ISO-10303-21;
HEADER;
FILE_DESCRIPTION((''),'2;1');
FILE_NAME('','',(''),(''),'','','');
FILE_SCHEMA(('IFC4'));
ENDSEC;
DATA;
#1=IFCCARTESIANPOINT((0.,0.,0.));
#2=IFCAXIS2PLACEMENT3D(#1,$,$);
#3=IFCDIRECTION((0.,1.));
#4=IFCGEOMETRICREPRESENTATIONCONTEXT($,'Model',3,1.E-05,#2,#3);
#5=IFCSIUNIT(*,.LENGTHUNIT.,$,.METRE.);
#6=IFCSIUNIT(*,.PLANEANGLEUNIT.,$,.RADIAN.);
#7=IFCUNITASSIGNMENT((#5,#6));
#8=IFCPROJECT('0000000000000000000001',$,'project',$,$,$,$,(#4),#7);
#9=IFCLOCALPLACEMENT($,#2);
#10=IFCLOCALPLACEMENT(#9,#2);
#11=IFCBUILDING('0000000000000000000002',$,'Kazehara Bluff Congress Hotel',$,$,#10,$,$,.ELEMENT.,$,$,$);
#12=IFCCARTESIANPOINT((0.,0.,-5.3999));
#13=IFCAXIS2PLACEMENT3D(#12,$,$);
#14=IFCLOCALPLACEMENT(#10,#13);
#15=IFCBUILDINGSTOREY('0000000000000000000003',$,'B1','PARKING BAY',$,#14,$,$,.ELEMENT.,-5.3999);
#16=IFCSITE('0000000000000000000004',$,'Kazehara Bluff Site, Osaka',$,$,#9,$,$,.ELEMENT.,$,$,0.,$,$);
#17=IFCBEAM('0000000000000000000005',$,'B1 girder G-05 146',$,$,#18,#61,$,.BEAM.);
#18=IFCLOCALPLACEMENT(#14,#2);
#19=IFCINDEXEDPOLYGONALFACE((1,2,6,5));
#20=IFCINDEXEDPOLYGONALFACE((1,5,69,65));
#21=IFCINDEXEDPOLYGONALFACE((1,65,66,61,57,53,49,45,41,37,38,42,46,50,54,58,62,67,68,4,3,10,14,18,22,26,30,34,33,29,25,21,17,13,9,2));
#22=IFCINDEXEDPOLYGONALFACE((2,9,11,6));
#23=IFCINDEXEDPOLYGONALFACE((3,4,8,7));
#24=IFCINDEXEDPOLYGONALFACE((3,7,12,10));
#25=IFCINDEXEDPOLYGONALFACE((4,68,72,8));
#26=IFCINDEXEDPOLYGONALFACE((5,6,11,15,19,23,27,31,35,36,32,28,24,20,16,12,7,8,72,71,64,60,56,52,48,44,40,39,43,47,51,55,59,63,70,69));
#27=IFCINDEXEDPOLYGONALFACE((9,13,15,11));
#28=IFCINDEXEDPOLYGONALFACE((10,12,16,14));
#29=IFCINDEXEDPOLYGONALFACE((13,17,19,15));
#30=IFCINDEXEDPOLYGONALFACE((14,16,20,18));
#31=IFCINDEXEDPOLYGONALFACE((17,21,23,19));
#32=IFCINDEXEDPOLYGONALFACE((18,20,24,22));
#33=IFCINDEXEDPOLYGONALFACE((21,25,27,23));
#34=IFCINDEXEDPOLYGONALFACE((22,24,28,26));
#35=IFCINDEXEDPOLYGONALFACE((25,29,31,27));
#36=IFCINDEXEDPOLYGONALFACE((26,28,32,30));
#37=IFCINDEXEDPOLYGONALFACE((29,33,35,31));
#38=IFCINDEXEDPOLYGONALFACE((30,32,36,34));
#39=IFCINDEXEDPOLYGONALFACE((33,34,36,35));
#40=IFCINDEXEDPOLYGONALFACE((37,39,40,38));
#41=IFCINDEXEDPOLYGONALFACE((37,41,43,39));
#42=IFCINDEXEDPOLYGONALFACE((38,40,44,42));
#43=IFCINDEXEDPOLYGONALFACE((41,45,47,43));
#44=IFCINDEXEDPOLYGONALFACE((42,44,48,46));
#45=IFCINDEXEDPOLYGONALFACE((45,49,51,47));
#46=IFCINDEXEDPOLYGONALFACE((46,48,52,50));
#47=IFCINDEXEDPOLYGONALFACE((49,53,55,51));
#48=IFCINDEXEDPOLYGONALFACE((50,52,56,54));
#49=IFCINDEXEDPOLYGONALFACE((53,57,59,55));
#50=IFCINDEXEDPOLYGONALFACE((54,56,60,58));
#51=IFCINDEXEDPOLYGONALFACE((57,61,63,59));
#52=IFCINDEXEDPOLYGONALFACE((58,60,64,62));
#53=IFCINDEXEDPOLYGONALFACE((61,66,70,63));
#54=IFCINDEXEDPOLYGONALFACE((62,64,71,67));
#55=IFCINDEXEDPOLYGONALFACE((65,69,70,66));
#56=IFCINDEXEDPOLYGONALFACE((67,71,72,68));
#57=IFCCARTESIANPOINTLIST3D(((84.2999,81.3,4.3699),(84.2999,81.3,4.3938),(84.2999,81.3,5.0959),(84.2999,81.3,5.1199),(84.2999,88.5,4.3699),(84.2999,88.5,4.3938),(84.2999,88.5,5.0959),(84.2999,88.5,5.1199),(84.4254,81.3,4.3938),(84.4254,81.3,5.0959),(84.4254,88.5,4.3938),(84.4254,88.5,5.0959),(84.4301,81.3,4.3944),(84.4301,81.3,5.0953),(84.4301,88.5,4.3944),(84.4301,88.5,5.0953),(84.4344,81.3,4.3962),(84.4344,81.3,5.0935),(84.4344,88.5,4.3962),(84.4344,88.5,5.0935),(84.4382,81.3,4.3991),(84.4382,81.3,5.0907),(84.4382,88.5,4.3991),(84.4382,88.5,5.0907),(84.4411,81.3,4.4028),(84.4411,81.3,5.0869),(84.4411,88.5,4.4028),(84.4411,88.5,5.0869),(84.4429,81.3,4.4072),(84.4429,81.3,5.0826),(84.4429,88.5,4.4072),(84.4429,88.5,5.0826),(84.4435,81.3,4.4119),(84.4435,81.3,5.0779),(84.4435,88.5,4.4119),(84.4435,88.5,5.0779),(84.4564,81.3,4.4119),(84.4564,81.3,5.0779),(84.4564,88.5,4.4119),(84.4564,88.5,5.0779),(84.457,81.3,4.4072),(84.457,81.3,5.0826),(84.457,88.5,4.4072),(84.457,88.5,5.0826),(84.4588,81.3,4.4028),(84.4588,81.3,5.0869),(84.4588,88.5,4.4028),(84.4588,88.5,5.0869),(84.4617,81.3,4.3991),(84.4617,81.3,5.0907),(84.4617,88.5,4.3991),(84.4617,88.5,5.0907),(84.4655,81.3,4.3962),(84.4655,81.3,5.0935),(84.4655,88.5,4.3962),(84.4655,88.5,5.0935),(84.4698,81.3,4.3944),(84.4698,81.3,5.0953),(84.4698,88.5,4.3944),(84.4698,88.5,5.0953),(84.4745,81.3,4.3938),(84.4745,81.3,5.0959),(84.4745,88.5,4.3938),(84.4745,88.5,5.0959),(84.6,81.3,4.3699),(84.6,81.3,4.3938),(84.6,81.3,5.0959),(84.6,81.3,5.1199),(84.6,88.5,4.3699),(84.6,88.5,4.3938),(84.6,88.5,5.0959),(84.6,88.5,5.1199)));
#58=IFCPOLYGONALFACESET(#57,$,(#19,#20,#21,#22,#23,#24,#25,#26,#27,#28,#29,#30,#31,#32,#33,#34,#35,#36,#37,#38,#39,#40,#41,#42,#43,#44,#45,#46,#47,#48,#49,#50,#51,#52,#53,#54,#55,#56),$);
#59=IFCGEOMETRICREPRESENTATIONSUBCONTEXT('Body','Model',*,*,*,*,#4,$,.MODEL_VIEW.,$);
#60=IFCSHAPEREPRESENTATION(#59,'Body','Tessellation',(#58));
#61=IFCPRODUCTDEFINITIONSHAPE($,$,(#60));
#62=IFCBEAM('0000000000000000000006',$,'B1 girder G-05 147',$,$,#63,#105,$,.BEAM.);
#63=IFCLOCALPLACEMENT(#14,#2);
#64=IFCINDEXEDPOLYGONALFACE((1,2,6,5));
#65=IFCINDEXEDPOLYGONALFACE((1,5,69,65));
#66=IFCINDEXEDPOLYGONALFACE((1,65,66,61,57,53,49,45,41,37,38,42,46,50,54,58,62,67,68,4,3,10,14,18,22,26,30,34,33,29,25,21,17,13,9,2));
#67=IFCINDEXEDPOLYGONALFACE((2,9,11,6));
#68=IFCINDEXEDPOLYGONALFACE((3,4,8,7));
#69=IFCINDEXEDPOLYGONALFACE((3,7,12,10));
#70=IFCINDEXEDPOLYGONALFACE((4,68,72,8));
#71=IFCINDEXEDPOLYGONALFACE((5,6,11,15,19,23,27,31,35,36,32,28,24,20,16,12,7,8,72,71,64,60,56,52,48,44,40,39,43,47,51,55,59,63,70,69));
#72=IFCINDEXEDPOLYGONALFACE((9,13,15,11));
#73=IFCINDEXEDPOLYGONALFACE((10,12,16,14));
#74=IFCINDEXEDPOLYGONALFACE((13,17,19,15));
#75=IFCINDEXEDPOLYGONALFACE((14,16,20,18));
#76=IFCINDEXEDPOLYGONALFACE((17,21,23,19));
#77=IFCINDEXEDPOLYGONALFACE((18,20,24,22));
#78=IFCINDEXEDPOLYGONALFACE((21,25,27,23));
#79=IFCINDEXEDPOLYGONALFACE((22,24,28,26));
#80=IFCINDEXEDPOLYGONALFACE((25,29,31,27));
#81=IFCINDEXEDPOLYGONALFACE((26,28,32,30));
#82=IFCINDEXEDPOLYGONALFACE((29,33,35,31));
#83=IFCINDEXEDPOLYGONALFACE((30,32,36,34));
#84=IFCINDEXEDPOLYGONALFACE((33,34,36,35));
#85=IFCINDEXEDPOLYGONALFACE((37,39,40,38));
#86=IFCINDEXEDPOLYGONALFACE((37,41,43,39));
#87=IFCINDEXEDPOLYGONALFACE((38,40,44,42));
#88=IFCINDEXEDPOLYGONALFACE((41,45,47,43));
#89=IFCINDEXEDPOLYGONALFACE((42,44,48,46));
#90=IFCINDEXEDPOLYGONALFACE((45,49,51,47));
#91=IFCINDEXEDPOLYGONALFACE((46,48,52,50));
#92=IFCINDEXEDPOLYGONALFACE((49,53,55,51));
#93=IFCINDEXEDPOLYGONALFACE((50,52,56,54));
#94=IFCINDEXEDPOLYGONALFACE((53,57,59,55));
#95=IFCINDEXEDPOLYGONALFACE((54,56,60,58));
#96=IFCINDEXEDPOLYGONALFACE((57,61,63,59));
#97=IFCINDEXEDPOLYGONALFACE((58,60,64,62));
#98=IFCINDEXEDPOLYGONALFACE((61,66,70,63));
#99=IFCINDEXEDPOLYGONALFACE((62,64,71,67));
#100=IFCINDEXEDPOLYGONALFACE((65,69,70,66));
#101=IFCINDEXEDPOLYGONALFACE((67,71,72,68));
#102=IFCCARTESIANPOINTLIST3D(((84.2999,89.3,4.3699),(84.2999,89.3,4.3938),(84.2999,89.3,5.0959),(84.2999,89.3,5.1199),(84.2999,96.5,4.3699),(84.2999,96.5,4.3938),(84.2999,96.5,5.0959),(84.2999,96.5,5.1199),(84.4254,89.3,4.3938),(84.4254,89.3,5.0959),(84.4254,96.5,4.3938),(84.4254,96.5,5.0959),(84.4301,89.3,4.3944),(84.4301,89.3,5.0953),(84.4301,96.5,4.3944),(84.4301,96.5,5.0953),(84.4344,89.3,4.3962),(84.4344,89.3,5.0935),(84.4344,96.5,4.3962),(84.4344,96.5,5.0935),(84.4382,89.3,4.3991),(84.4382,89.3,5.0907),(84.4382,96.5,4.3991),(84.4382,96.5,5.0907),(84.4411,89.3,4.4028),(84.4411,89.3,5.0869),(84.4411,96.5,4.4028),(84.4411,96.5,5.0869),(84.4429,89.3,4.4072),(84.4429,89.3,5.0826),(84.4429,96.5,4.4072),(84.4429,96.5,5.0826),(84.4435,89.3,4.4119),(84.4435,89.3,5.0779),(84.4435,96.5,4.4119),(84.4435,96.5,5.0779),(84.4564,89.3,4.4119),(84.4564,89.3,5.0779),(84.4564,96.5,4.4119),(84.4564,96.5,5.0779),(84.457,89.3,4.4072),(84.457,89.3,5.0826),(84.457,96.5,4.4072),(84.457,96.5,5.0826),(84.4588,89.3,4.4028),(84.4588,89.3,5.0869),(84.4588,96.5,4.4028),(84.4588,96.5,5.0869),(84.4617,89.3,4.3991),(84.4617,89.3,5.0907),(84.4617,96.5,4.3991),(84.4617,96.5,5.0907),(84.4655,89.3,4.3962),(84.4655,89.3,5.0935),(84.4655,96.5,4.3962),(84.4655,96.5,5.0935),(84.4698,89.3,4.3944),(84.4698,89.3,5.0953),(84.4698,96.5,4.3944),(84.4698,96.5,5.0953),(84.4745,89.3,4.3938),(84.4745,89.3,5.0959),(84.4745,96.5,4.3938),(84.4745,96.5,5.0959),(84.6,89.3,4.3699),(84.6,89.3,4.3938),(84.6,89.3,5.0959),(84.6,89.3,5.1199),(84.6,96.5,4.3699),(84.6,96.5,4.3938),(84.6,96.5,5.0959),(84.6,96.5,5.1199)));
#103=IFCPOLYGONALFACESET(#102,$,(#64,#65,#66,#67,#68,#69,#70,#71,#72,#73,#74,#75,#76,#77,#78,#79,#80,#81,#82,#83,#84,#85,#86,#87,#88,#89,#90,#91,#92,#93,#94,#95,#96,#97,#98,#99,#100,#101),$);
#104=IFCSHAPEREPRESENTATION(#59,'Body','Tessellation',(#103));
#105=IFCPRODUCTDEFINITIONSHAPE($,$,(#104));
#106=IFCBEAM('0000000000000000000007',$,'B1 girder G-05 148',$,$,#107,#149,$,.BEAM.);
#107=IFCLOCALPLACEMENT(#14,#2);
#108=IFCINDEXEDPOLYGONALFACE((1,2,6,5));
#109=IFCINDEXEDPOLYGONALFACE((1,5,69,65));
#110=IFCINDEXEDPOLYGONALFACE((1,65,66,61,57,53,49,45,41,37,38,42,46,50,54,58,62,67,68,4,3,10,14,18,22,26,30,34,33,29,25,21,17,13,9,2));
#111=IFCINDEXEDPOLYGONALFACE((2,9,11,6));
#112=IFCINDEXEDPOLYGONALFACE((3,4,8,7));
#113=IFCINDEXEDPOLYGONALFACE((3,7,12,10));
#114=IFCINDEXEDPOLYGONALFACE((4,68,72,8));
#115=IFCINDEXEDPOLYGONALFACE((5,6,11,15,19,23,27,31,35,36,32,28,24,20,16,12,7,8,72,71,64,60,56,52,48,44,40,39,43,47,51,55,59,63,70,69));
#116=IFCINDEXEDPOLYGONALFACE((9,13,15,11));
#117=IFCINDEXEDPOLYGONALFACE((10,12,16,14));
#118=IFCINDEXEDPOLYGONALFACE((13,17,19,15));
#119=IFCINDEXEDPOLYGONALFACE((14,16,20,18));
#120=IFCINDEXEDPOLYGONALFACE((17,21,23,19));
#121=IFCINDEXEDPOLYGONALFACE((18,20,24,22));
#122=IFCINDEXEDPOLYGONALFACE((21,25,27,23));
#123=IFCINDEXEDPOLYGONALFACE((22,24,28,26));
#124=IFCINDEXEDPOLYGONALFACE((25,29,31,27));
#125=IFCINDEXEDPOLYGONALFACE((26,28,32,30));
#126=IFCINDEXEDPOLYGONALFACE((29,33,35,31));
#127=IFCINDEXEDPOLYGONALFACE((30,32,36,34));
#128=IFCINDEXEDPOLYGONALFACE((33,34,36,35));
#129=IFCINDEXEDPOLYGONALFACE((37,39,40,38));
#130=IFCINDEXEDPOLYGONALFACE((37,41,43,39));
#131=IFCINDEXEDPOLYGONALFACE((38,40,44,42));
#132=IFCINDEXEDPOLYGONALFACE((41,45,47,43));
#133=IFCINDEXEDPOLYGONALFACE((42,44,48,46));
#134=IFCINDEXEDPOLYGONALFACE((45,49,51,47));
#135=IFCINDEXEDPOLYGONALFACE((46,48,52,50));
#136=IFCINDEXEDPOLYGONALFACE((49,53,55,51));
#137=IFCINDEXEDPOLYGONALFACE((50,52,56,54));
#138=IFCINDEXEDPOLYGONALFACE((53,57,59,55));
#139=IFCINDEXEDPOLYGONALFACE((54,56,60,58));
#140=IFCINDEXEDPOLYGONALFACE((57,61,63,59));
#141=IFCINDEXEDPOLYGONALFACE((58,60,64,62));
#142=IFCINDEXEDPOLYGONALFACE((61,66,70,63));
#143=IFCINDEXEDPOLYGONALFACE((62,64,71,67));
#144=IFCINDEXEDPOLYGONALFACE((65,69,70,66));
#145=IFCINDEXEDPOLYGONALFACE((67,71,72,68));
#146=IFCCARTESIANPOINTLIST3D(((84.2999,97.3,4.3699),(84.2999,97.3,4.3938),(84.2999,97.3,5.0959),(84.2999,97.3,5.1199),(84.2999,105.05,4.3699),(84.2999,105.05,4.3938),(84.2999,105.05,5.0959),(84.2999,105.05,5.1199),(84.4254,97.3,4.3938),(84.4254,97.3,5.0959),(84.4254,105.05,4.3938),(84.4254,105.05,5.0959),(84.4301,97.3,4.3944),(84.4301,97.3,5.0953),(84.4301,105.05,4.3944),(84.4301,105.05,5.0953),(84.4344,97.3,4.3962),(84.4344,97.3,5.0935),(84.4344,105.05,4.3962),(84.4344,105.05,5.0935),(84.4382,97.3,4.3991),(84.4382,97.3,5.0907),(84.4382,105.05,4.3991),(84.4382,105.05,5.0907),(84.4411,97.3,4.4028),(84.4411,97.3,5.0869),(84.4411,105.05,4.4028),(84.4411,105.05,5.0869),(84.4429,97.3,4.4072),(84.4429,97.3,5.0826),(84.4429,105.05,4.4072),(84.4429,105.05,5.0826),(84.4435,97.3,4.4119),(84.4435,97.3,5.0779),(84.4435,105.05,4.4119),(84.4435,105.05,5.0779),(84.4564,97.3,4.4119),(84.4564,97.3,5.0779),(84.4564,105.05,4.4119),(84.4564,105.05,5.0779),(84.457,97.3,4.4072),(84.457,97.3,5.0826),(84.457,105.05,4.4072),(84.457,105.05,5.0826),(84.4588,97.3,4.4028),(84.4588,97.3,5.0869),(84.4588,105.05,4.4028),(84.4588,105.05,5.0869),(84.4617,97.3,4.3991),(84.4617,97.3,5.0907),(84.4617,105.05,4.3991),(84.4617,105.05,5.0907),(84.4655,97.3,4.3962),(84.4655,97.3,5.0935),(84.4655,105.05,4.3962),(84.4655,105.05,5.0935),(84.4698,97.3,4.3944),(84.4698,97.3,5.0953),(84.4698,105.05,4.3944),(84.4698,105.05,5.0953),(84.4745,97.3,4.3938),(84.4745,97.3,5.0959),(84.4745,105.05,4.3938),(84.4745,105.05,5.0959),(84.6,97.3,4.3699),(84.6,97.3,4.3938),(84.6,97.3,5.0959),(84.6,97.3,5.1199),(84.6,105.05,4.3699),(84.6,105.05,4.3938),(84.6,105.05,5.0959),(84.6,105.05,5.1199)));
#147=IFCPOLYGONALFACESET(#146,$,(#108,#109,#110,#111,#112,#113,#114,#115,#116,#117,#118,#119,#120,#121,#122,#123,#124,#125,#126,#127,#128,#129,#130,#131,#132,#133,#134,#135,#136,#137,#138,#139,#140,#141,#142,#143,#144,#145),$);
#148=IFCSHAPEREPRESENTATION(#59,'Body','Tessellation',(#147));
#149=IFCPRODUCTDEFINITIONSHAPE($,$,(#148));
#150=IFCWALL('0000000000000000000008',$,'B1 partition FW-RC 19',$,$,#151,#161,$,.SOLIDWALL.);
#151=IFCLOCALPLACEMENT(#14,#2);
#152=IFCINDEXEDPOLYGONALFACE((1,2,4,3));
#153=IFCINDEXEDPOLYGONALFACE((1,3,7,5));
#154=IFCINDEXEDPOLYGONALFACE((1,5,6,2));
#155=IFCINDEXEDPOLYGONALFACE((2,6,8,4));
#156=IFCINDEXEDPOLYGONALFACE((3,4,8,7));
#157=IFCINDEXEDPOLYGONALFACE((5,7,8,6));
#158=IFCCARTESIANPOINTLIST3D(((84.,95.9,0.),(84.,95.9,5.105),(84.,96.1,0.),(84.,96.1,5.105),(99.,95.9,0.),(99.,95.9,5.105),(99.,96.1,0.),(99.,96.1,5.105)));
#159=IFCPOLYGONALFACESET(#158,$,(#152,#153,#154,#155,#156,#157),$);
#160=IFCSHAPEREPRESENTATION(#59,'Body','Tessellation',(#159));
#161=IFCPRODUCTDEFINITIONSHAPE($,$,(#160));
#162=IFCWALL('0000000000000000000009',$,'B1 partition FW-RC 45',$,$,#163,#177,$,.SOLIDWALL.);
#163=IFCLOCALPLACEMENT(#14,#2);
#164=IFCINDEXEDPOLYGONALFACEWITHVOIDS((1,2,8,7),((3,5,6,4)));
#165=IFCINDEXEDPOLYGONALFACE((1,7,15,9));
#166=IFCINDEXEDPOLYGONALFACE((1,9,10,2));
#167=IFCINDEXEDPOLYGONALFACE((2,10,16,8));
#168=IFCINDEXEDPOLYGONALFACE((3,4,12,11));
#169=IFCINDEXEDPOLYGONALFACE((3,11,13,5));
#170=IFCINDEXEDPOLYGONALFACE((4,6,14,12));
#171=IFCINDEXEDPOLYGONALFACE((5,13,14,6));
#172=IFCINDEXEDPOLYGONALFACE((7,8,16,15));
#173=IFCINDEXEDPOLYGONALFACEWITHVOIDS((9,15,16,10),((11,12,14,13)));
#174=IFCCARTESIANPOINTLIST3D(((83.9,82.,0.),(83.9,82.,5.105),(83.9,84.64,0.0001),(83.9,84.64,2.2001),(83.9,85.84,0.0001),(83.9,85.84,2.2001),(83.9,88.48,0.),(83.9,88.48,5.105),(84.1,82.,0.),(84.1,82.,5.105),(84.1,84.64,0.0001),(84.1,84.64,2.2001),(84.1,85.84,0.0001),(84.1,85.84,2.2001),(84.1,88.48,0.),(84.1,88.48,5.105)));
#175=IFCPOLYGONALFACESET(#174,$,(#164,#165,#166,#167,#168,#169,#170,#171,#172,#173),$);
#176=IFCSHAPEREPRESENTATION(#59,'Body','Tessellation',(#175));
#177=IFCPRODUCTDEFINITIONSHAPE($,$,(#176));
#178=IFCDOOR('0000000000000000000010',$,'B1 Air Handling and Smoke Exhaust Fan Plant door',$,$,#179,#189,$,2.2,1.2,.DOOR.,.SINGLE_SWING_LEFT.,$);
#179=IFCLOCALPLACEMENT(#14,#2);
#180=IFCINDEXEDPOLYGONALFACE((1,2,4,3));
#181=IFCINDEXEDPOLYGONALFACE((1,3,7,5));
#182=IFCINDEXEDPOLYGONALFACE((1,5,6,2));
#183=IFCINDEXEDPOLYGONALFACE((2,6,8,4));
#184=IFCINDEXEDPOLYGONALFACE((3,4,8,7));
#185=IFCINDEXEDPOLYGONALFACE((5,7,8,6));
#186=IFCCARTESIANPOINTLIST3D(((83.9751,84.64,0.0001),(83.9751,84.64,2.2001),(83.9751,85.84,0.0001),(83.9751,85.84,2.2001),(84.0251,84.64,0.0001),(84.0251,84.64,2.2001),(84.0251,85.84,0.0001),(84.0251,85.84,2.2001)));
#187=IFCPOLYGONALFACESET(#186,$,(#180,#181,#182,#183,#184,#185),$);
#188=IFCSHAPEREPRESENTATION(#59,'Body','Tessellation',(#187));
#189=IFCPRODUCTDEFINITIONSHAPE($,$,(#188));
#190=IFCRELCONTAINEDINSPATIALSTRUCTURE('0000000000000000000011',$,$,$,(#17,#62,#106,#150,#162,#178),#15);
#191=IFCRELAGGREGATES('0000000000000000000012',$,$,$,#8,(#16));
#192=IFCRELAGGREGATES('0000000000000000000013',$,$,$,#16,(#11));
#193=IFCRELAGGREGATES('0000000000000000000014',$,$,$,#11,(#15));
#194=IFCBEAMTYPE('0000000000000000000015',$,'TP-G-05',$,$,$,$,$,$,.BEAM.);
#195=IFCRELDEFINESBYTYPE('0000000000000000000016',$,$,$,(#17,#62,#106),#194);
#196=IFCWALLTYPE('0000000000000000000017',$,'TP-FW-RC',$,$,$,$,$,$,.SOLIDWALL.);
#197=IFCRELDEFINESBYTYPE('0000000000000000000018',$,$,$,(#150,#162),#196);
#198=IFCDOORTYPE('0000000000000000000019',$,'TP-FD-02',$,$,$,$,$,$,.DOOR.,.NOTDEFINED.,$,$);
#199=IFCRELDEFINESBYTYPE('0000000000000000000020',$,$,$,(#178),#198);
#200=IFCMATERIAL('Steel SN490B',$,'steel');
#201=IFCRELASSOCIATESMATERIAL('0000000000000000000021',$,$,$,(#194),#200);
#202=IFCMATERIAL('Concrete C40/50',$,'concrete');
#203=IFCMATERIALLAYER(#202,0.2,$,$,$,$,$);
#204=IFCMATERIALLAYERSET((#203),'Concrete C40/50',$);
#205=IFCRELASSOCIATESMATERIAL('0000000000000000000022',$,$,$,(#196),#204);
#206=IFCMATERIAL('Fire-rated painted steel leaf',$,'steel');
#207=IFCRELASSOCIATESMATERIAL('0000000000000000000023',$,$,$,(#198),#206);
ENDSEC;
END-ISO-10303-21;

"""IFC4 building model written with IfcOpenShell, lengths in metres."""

from ifc_helpers import new_model, si_unit, direction, frame, frame_2d, origin, origin_2d, place, context, subcontext, project, spatial, rectangle, i_section, extrude, material, layer, layer_set, material_profile, profile_set, type_object, element, fill, save


model = new_model("IFC4")

# Units and contexts
model_context = context("Model", 3, precision=1e-05, world=origin(), true_north=direction((0.0, 1.0)))
body_context = subcontext(model_context, "Body", "Model", "MODEL_VIEW")
ifc_project = project(units=[si_unit("LENGTHUNIT", "METRE"), si_unit("PLANEANGLEUNIT", "RADIAN")], contexts=[model_context])

# Site, building, storey
site_placement = place(None, origin())
site = spatial("IfcSite", under=ifc_project, at=site_placement, Name="Kazehara Bluff Site, Osaka", CompositionType="ELEMENT", RefElevation=0.0)
building_placement = place(site_placement, origin())
building = spatial("IfcBuilding", under=site, at=building_placement, Name="Kazehara Bluff Congress Hotel", CompositionType="ELEMENT")
storey_placement = place(building_placement, frame((0.0, 0.0, -5.3999)))
storey = spatial("IfcBuildingStorey", under=building, at=storey_placement, Name="B1", Description="PARKING BAY", CompositionType="ELEMENT", Elevation=-5.3999)

# Beams
ifc_material_1 = material(Name="Steel SN490B", Category="steel")
ifc_material_profile_1 = material_profile(ifc_material_1, i_section(OverallWidth=0.3, OverallDepth=0.75, WebThickness=0.0129, FlangeThickness=0.0239, FilletRadius=0.0181, at=origin_2d()))
ifc_profile_set_1 = profile_set([ifc_material_profile_1], Name="Steel SN490B")
beam_type_1 = type_object("IfcBeamType", Name="TP-G-05", PredefinedType="BEAM", material=ifc_profile_set_1)
for number, where, z_axis, x_axis, name in (
    (1, (84.45, 81.3, 4.7449), (0.0, 1.0, 0.0), (-1.0, 0.0, 0.0), "B1 girder G-05 146"),
    (2, (84.45, 89.3, 4.7449), (0.0, 1.0, 0.0), (-1.0, 0.0, 0.0), "B1 girder G-05 147"),
):
    element("IfcBeam", number, at=place(storey_placement, frame(where, z_axis=z_axis, x_axis=x_axis)), inside=storey, type_object=beam_type_1, Name=name, PredefinedType="BEAM", context=body_context, shape_type="SweptSolid", body=[
        extrude(i_section(OverallWidth=0.3, OverallDepth=0.75, WebThickness=0.0129, FlangeThickness=0.0239, FilletRadius=0.0181, at=origin_2d()), origin(), (0.0, 0.0, 1.0), 7.2),
    ])
beam_placement = place(storey_placement, frame((84.45, 97.3, 4.7449), z_axis=(0.0, 1.0, 0.0), x_axis=(-1.0, 0.0, 0.0)))
element("IfcBeam", 3, at=beam_placement, inside=storey, type_object=beam_type_1, Name="B1 girder G-05 148", PredefinedType="BEAM", context=body_context, shape_type="SweptSolid", body=[
    extrude(i_section(OverallWidth=0.3, OverallDepth=0.75, WebThickness=0.0129, FlangeThickness=0.0239, FilletRadius=0.0181, at=origin_2d()), origin(), (0.0, 0.0, 1.0), 7.75),
])

# Wall
ifc_material_2 = material(Name="Concrete C40/50", Category="concrete")
ifc_layer_1 = layer(ifc_material_2, 0.2)
ifc_layer_set_1 = layer_set([ifc_layer_1], Name="Concrete C40/50")
wall_type = type_object("IfcWallType", Name="TP-FW-RC", PredefinedType="SOLIDWALL", material=ifc_layer_set_1)
wall_1_placement = place(storey_placement, frame((84.0, 96.0, 0.0), z_axis=(0.0, 0.0, 1.0), x_axis=(1.0, 0.0, 0.0)))
element("IfcWall", 4, at=wall_1_placement, inside=storey, type_object=wall_type, Name="B1 partition FW-RC 19", PredefinedType="SOLIDWALL", context=body_context, shape_type="SweptSolid", body=[
    extrude(rectangle(XDim=15.0, YDim=0.2, at=frame_2d((7.5, 0.0))), origin(), (0.0, 0.0, 1.0), 5.105),
])

# Wall, opening, door
wall_2_placement = place(storey_placement, frame((84.0, 82.0, 0.0), z_axis=(0.0, 0.0, 1.0), x_axis=(0.0, 1.0, 0.0)))
wall_2 = element("IfcWall", 5, at=wall_2_placement, inside=storey, type_object=wall_type, Name="B1 partition FW-RC 45", PredefinedType="SOLIDWALL", context=body_context, shape_type="SweptSolid", body=[
    extrude(rectangle(XDim=6.48, YDim=0.2, at=frame_2d((3.24, 0.0))), origin(), (0.0, 0.0, 1.0), 5.105),
])
opening_placement = place(wall_2_placement, frame((2.6399, 0.0, 0.0)))
opening = element("IfcOpeningElement", 6, at=opening_placement, cuts=wall_2, PredefinedType="OPENING", context=body_context, shape_type="SweptSolid", body=[
    extrude(rectangle(XDim=1.2, YDim=2.2, at=frame_2d((0.6001, 1.1001))), frame((0.0, 0.1099, 0.0), z_axis=(0.0, -1.0, 0.0), x_axis=(1.0, 0.0, 0.0)), (0.0, 0.0, 1.0), 0.22),
])
ifc_material_3 = material(Name="Fire-rated painted steel leaf", Category="steel")
door_type = type_object("IfcDoorType", Name="TP-FD-02", OperationType="NOTDEFINED", PredefinedType="DOOR", material=ifc_material_3)
door_placement = place(opening_placement, origin())
door = element("IfcDoor", 7, at=door_placement, inside=storey, type_object=door_type, Name="B1 Air Handling and Smoke Exhaust Fan Plant door", OperationType="SINGLE_SWING_LEFT", OverallHeight=2.2, OverallWidth=1.2, PredefinedType="DOOR", context=body_context, shape_type="SweptSolid", body=[
    extrude(rectangle(XDim=1.2, YDim=2.2, at=frame_2d((0.6001, 1.1001))), frame((0.0, 0.0249, 0.0), z_axis=(0.0, -1.0, 0.0), x_axis=(1.0, 0.0, 0.0)), (0.0, 0.0, 1.0), 0.05),
])
fill(opening, door)

save(model, "model.ifc")
